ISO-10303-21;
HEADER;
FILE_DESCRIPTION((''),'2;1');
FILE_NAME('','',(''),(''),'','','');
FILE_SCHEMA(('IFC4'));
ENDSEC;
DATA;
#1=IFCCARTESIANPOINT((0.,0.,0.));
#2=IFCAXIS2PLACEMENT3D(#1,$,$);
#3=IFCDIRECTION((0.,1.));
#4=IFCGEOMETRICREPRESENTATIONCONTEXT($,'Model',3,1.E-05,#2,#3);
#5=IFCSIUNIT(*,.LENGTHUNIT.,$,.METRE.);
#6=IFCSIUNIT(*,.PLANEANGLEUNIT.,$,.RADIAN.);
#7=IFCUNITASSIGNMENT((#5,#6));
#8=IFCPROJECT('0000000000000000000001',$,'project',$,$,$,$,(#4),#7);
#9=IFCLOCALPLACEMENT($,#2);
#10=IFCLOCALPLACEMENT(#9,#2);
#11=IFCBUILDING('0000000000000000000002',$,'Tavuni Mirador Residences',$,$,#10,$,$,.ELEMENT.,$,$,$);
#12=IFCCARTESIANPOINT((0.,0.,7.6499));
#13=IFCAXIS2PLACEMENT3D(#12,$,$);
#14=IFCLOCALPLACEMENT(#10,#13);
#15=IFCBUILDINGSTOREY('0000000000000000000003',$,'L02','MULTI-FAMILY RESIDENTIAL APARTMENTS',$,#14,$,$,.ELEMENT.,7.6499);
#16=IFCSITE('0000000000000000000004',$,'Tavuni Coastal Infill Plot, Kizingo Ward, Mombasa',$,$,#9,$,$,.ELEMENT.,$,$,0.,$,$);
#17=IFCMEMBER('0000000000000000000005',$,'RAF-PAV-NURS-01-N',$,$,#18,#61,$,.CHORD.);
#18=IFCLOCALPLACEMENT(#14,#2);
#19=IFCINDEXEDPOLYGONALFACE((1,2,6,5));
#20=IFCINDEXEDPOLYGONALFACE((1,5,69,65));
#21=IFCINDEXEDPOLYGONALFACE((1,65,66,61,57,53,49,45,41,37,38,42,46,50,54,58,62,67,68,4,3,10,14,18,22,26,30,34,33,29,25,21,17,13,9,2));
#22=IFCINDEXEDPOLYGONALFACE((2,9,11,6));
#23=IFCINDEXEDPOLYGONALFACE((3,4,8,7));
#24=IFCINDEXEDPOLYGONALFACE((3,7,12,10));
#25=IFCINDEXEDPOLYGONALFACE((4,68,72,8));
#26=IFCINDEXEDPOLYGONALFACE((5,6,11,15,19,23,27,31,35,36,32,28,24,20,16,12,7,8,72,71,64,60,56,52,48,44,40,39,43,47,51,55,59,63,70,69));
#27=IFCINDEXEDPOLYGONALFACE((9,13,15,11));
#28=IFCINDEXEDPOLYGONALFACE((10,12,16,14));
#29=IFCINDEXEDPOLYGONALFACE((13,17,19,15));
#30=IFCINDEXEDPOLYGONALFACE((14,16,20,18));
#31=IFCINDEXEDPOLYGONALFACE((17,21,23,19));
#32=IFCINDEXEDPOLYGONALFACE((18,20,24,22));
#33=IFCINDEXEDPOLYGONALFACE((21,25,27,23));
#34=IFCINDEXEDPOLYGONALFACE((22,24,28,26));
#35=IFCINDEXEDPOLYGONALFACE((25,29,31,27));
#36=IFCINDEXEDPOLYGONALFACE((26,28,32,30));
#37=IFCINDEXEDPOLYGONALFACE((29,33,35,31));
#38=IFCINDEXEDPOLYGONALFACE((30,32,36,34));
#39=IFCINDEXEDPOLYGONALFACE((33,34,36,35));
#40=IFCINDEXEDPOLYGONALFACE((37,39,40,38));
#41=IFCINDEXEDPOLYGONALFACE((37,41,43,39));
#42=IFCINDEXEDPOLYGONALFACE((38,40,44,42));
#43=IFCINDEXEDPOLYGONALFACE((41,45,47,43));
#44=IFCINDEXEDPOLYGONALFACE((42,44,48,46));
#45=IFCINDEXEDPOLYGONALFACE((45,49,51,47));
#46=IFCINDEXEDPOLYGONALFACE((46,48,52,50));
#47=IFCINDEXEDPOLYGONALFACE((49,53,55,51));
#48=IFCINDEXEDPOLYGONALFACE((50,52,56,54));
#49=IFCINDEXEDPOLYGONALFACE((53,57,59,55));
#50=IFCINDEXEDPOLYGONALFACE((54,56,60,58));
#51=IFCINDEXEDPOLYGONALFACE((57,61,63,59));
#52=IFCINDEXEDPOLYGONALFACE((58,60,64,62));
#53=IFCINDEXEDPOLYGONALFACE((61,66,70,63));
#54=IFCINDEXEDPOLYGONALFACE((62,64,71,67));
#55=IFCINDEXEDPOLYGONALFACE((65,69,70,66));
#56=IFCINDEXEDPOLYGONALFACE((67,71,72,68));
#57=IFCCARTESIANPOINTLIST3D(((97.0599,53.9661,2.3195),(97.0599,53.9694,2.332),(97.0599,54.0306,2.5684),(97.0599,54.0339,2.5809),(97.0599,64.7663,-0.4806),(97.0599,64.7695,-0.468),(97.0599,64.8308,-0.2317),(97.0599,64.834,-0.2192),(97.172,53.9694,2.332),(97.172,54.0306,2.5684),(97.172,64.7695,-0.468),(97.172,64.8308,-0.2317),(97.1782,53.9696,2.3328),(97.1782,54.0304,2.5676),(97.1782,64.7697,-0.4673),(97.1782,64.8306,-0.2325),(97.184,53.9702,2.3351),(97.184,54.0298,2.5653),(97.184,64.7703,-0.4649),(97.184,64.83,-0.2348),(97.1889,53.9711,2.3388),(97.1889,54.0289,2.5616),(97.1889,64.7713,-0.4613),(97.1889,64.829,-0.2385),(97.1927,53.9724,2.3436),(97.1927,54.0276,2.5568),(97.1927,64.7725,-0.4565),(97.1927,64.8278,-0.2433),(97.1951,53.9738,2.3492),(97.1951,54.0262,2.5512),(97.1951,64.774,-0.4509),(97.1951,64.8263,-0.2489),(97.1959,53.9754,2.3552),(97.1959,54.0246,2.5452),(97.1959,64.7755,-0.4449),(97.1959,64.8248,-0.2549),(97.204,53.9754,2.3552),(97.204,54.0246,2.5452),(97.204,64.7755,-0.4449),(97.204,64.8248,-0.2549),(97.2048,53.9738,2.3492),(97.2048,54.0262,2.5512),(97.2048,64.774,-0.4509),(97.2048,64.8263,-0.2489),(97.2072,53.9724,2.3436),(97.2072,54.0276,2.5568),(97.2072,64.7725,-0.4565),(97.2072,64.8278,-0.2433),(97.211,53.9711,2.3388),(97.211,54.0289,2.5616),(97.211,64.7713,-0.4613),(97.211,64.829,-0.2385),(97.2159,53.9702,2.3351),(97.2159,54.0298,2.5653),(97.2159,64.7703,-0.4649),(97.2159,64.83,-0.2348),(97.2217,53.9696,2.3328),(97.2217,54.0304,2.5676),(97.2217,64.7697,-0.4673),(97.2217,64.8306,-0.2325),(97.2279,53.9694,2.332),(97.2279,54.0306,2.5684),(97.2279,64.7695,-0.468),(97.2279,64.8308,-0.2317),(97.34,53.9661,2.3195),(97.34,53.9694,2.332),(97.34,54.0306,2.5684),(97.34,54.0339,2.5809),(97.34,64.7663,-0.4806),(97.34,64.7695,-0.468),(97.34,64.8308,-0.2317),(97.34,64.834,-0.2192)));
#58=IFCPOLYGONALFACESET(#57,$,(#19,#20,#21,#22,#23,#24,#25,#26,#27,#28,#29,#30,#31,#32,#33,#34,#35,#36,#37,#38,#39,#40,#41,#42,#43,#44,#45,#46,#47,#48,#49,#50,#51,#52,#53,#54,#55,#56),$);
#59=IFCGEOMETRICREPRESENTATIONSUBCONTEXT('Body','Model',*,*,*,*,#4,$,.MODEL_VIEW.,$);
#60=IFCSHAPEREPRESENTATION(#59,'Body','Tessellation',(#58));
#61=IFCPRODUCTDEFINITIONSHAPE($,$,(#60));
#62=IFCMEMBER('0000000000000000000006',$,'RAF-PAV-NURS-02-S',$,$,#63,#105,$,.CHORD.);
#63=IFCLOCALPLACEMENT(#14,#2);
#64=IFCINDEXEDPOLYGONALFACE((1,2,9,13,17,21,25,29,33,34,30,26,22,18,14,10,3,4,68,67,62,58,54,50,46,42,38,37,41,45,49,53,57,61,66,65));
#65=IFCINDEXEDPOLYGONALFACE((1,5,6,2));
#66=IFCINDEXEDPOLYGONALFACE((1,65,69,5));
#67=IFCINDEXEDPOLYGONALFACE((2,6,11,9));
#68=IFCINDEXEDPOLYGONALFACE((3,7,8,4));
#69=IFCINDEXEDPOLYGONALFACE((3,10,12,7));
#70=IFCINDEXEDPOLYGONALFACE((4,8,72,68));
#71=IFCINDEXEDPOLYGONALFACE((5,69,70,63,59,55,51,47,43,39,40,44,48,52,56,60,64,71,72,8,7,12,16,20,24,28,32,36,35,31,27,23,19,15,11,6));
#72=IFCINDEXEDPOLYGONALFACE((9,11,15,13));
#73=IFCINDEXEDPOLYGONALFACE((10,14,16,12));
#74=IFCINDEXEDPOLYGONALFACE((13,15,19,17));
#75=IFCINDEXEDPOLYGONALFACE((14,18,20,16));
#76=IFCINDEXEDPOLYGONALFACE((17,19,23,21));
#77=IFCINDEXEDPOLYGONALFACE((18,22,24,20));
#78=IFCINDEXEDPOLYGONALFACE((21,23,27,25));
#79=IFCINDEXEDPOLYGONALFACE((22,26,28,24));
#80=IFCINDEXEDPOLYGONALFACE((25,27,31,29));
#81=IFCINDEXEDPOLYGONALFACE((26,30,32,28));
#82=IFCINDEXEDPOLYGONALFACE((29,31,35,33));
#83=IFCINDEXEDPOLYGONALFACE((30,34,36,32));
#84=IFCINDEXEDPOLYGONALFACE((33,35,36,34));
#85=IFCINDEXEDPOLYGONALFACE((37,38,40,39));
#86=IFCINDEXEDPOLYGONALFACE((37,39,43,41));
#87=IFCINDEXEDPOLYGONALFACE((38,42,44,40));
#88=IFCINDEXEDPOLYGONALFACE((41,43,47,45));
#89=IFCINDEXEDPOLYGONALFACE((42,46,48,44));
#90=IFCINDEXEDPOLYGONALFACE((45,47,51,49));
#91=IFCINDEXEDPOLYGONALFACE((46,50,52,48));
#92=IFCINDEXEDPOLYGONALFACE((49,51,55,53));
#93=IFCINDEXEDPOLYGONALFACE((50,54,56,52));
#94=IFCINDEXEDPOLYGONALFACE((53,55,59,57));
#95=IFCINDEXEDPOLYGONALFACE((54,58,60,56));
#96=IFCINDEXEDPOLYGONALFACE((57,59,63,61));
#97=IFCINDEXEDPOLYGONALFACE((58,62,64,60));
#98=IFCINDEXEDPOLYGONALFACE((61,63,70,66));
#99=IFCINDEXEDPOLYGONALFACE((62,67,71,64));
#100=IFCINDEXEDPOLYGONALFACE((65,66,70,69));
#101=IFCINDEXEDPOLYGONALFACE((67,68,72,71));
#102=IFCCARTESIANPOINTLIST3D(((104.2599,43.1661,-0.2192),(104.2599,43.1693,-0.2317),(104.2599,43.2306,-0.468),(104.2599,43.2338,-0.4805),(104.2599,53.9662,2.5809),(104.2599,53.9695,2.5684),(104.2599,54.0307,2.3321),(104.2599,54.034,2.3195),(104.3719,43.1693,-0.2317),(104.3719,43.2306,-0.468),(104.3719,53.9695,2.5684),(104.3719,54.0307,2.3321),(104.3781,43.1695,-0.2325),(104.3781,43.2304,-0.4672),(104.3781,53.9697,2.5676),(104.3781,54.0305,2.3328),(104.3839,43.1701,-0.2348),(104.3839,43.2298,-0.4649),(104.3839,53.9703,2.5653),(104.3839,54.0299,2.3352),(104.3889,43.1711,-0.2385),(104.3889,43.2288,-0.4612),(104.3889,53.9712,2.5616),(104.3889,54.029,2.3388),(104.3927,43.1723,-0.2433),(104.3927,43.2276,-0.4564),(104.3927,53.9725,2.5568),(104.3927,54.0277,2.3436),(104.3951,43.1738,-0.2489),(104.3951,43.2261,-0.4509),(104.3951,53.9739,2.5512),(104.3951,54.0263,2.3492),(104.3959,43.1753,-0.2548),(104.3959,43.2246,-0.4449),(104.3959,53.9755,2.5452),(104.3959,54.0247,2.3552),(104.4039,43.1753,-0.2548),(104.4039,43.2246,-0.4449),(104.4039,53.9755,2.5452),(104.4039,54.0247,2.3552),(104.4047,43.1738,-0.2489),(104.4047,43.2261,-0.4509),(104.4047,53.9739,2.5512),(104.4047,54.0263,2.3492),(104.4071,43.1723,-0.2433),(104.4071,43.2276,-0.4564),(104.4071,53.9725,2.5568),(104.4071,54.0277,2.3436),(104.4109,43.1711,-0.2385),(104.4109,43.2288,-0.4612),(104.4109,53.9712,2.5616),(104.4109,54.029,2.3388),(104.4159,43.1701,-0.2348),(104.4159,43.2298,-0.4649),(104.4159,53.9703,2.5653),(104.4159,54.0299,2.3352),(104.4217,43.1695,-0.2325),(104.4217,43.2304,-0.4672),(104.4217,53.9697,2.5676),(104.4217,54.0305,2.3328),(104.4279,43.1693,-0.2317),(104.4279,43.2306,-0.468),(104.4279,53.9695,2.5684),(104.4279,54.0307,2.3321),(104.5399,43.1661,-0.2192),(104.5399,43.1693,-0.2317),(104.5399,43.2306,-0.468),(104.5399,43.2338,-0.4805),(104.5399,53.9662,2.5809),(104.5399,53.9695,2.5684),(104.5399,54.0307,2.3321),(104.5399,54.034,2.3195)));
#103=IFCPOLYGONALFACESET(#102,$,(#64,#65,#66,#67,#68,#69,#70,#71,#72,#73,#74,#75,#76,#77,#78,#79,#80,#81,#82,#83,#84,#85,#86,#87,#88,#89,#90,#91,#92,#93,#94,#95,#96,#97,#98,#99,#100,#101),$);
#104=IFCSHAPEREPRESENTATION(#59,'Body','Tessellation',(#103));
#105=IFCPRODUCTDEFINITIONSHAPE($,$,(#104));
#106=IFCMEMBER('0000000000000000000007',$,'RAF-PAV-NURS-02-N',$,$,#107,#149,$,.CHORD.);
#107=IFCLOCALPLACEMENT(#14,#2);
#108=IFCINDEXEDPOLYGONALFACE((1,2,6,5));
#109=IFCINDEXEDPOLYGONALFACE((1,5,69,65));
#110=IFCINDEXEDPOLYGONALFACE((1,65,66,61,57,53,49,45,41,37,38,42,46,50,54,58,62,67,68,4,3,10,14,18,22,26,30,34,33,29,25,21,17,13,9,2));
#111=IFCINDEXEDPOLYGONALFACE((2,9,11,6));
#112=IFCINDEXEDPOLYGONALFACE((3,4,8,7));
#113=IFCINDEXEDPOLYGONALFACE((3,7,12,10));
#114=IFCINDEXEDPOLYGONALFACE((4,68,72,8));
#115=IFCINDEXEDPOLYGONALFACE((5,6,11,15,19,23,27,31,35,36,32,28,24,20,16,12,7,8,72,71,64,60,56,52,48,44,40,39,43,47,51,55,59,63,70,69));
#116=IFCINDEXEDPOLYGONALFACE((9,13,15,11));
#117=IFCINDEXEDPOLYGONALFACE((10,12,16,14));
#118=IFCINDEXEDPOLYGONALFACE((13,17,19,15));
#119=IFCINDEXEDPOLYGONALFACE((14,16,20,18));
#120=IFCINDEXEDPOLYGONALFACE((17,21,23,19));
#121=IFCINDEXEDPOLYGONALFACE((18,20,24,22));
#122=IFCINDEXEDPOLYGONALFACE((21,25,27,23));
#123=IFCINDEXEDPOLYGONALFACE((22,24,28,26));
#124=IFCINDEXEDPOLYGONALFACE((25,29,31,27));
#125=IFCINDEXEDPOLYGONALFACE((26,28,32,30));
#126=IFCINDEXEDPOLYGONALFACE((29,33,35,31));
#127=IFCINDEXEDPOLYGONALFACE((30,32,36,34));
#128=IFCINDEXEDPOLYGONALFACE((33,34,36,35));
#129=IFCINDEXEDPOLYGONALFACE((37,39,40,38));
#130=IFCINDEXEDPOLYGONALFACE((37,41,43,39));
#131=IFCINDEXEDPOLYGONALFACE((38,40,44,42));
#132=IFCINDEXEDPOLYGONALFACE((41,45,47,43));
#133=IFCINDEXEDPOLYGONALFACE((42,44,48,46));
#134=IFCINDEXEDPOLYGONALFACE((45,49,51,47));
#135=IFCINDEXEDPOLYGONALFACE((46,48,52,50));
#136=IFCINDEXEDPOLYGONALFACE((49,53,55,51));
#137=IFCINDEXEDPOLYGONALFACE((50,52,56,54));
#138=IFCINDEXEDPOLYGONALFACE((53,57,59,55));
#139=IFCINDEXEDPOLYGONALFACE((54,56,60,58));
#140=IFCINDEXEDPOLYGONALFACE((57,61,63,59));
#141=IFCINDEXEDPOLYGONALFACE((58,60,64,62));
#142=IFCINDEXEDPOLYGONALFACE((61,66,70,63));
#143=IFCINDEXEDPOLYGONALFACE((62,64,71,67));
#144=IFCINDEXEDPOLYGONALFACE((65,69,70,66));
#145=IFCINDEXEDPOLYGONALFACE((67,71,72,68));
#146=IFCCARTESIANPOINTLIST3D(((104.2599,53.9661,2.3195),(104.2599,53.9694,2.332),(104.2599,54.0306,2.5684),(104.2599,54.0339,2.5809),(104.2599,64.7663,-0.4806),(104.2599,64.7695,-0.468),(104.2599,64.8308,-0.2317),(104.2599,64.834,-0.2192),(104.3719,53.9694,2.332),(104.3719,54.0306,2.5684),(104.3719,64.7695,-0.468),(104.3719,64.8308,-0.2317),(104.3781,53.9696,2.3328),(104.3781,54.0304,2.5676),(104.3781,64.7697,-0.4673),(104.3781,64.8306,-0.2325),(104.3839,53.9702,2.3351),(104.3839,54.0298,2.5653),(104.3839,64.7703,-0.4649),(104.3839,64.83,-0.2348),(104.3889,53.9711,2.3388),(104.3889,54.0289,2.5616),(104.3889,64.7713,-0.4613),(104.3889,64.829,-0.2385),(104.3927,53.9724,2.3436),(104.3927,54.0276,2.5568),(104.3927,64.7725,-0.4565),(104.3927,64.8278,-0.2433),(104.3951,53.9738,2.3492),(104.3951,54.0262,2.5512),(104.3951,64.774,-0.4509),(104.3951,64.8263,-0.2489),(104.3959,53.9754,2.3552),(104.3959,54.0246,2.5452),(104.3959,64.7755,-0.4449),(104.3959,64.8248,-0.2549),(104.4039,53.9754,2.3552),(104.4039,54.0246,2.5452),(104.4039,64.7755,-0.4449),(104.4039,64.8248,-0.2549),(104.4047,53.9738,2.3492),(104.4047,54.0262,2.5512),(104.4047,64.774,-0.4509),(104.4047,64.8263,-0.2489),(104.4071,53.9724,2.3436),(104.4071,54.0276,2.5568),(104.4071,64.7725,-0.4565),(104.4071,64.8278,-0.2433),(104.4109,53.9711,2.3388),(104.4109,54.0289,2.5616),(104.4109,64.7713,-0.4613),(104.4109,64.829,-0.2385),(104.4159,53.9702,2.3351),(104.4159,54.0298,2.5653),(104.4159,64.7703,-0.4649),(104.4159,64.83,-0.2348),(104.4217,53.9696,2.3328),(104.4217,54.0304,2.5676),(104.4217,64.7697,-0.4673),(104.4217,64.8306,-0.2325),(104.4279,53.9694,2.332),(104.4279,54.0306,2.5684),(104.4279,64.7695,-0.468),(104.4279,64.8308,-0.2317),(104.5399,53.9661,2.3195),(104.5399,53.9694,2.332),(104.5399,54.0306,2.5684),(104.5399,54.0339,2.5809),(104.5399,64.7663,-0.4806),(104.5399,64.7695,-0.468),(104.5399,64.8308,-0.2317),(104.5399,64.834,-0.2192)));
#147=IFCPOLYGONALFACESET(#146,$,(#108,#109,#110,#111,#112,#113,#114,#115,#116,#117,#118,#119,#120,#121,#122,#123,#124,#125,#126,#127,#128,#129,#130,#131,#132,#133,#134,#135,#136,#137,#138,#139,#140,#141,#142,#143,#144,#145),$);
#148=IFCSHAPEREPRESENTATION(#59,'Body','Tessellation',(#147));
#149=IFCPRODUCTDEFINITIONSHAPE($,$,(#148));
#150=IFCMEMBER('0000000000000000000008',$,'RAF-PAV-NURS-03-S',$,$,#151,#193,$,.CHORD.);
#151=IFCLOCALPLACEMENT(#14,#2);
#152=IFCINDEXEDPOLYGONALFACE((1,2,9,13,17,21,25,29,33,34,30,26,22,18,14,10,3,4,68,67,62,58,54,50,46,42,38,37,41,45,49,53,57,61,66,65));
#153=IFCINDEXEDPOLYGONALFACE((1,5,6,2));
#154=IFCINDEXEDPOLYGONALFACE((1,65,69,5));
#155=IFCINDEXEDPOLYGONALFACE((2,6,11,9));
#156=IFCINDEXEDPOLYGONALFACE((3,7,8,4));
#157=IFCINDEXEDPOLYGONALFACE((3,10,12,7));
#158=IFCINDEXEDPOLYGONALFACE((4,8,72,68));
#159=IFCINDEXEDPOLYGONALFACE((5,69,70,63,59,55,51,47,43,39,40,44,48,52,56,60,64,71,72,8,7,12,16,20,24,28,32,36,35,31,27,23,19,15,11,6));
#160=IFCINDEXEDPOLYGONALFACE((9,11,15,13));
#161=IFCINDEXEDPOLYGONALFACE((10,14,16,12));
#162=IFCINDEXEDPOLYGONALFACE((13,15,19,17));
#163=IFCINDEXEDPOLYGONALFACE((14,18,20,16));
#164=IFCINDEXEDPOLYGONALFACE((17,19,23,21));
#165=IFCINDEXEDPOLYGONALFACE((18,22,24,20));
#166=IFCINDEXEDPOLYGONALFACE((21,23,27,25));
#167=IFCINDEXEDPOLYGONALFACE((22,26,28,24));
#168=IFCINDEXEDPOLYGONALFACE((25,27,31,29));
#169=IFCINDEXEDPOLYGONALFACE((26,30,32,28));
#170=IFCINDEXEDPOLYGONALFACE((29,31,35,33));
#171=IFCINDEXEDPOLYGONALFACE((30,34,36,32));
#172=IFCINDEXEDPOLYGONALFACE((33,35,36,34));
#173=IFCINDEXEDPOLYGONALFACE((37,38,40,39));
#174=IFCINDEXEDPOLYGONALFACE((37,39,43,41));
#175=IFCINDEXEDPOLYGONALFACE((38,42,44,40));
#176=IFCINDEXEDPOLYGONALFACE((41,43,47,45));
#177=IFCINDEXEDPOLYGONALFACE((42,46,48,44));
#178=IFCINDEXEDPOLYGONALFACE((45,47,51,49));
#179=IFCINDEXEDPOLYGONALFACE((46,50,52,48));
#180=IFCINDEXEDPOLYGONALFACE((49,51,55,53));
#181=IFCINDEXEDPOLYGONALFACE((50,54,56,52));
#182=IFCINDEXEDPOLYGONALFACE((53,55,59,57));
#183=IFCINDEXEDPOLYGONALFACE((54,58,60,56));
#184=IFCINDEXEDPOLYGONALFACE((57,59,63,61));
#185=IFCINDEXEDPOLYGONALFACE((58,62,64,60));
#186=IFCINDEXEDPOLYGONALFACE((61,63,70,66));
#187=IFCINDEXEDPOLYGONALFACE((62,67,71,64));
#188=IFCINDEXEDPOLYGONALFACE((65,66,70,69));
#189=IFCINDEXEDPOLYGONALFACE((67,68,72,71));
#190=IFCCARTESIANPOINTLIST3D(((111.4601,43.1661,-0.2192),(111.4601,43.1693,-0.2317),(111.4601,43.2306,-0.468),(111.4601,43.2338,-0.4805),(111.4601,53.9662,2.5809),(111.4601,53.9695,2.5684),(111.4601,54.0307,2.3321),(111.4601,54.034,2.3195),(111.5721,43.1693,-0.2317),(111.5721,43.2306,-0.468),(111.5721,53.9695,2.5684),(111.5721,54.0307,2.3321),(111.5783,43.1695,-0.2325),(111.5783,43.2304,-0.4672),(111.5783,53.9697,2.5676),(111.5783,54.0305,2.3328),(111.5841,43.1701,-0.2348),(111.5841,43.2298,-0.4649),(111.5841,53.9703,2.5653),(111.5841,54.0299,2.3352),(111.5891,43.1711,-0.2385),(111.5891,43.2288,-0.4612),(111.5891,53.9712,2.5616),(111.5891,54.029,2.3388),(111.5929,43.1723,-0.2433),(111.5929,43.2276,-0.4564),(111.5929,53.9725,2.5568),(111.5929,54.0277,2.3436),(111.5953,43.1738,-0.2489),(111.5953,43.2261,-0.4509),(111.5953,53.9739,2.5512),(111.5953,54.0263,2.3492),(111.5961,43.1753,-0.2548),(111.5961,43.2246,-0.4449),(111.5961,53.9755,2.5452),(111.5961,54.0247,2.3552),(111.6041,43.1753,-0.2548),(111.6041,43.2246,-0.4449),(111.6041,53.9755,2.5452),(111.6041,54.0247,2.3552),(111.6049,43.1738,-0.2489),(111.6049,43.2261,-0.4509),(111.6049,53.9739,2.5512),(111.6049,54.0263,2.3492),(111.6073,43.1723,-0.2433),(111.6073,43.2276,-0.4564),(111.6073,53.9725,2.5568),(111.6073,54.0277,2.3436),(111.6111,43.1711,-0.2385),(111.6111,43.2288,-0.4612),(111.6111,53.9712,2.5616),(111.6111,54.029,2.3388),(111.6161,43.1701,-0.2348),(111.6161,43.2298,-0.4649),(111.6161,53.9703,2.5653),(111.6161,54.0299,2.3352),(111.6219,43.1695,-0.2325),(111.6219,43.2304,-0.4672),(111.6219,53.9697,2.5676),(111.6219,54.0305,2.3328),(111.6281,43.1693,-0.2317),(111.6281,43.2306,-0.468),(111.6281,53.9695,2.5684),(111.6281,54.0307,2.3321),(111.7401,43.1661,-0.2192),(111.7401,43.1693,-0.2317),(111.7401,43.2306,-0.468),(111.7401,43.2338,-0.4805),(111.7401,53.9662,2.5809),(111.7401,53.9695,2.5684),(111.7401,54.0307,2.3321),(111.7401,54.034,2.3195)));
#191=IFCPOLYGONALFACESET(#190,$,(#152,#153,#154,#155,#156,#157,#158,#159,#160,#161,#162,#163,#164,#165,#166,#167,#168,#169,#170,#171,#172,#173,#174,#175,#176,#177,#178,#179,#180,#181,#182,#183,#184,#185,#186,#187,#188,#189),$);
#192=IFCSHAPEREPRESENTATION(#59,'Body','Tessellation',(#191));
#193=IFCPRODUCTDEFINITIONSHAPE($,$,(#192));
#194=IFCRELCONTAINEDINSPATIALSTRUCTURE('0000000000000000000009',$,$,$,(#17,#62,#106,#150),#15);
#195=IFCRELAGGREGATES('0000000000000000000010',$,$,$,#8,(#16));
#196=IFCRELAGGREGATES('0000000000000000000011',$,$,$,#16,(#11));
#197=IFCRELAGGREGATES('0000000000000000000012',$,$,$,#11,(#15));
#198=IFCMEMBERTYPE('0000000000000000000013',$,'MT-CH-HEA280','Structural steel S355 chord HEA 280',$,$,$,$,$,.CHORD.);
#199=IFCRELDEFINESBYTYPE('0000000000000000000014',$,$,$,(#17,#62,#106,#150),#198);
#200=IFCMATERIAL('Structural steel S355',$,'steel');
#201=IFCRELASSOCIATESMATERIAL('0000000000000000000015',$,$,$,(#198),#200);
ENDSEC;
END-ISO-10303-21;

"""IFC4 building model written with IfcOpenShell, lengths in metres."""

from ifc_helpers import new_model, si_unit, direction, frame, origin, origin_2d, place, context, subcontext, project, spatial, i_section, extrude, material, material_profile, profile_set, type_object, element, save


model = new_model("IFC4")

# Units and contexts
model_context = context("Model", 3, precision=1e-05, world=origin(), true_north=direction((0.0, 1.0)))
body_context = subcontext(model_context, "Body", "Model", "MODEL_VIEW")
ifc_project = project(units=[si_unit("LENGTHUNIT", "METRE"), si_unit("PLANEANGLEUNIT", "RADIAN")], contexts=[model_context])

# Site, building, storey
site_placement = place(None, origin())
site = spatial("IfcSite", under=ifc_project, at=site_placement, Name="Tavuni Coastal Infill Plot, Kizingo Ward, Mombasa", CompositionType="ELEMENT", RefElevation=0.0)
building_placement = place(site_placement, origin())
building = spatial("IfcBuilding", under=site, at=building_placement, Name="Tavuni Mirador Residences", CompositionType="ELEMENT")
storey_placement = place(building_placement, frame((0.0, 0.0, 7.6499)))
storey = spatial("IfcBuildingStorey", under=building, at=storey_placement, Name="L02", Description="MULTI-FAMILY RESIDENTIAL APARTMENTS", CompositionType="ELEMENT", Elevation=7.6499)

# Members
ifc_material_1 = material(Name="Structural steel S355", Category="steel")
ifc_material_profile_1 = material_profile(ifc_material_1, i_section(OverallWidth=0.28, OverallDepth=0.27, WebThickness=0.0081, FlangeThickness=0.0129, FilletRadius=0.0239, at=origin_2d()), Name="HEA 280", Category="steel")
ifc_profile_set_1 = profile_set([ifc_material_profile_1], Name="Structural steel S355")
member_type_1 = type_object("IfcMemberType", Name="MT-CH-HEA280", Description="Structural steel S355 chord HEA 280", PredefinedType="CHORD", material=ifc_profile_set_1)
for number, where, z_axis, x_axis, name in (
    (1, (97.2, 54.0, 2.4502), (0.0, 0.967996, -0.250965), (-1.0, 0.0, 0.0), "RAF-PAV-NURS-01-N"),
    (2, (104.3999, 43.2, -0.3499), (0.0, 0.967996, 0.250965), (-1.0, 0.0, 0.0), "RAF-PAV-NURS-02-S"),
    (3, (104.3999, 54.0, 2.4502), (0.0, 0.967996, -0.250965), (-1.0, 0.0, 0.0), "RAF-PAV-NURS-02-N"),
    (4, (111.6001, 43.2, -0.3499), (0.0, 0.967996, 0.250965), (-1.0, 0.0, 0.0), "RAF-PAV-NURS-03-S"),
):
    element("IfcMember", number, at=place(storey_placement, frame(where, z_axis=z_axis, x_axis=x_axis)), inside=storey, type_object=member_type_1, Name=name, PredefinedType="CHORD", context=body_context, shape_type="SweptSolid", body=[
        extrude(i_section(OverallWidth=0.28, OverallDepth=0.27, WebThickness=0.0081, FlangeThickness=0.0129, FilletRadius=0.0239, at=origin_2d()), origin(), (0.0, 0.0, 1.0), 11.1572),
    ])

save(model, "model.ifc")
